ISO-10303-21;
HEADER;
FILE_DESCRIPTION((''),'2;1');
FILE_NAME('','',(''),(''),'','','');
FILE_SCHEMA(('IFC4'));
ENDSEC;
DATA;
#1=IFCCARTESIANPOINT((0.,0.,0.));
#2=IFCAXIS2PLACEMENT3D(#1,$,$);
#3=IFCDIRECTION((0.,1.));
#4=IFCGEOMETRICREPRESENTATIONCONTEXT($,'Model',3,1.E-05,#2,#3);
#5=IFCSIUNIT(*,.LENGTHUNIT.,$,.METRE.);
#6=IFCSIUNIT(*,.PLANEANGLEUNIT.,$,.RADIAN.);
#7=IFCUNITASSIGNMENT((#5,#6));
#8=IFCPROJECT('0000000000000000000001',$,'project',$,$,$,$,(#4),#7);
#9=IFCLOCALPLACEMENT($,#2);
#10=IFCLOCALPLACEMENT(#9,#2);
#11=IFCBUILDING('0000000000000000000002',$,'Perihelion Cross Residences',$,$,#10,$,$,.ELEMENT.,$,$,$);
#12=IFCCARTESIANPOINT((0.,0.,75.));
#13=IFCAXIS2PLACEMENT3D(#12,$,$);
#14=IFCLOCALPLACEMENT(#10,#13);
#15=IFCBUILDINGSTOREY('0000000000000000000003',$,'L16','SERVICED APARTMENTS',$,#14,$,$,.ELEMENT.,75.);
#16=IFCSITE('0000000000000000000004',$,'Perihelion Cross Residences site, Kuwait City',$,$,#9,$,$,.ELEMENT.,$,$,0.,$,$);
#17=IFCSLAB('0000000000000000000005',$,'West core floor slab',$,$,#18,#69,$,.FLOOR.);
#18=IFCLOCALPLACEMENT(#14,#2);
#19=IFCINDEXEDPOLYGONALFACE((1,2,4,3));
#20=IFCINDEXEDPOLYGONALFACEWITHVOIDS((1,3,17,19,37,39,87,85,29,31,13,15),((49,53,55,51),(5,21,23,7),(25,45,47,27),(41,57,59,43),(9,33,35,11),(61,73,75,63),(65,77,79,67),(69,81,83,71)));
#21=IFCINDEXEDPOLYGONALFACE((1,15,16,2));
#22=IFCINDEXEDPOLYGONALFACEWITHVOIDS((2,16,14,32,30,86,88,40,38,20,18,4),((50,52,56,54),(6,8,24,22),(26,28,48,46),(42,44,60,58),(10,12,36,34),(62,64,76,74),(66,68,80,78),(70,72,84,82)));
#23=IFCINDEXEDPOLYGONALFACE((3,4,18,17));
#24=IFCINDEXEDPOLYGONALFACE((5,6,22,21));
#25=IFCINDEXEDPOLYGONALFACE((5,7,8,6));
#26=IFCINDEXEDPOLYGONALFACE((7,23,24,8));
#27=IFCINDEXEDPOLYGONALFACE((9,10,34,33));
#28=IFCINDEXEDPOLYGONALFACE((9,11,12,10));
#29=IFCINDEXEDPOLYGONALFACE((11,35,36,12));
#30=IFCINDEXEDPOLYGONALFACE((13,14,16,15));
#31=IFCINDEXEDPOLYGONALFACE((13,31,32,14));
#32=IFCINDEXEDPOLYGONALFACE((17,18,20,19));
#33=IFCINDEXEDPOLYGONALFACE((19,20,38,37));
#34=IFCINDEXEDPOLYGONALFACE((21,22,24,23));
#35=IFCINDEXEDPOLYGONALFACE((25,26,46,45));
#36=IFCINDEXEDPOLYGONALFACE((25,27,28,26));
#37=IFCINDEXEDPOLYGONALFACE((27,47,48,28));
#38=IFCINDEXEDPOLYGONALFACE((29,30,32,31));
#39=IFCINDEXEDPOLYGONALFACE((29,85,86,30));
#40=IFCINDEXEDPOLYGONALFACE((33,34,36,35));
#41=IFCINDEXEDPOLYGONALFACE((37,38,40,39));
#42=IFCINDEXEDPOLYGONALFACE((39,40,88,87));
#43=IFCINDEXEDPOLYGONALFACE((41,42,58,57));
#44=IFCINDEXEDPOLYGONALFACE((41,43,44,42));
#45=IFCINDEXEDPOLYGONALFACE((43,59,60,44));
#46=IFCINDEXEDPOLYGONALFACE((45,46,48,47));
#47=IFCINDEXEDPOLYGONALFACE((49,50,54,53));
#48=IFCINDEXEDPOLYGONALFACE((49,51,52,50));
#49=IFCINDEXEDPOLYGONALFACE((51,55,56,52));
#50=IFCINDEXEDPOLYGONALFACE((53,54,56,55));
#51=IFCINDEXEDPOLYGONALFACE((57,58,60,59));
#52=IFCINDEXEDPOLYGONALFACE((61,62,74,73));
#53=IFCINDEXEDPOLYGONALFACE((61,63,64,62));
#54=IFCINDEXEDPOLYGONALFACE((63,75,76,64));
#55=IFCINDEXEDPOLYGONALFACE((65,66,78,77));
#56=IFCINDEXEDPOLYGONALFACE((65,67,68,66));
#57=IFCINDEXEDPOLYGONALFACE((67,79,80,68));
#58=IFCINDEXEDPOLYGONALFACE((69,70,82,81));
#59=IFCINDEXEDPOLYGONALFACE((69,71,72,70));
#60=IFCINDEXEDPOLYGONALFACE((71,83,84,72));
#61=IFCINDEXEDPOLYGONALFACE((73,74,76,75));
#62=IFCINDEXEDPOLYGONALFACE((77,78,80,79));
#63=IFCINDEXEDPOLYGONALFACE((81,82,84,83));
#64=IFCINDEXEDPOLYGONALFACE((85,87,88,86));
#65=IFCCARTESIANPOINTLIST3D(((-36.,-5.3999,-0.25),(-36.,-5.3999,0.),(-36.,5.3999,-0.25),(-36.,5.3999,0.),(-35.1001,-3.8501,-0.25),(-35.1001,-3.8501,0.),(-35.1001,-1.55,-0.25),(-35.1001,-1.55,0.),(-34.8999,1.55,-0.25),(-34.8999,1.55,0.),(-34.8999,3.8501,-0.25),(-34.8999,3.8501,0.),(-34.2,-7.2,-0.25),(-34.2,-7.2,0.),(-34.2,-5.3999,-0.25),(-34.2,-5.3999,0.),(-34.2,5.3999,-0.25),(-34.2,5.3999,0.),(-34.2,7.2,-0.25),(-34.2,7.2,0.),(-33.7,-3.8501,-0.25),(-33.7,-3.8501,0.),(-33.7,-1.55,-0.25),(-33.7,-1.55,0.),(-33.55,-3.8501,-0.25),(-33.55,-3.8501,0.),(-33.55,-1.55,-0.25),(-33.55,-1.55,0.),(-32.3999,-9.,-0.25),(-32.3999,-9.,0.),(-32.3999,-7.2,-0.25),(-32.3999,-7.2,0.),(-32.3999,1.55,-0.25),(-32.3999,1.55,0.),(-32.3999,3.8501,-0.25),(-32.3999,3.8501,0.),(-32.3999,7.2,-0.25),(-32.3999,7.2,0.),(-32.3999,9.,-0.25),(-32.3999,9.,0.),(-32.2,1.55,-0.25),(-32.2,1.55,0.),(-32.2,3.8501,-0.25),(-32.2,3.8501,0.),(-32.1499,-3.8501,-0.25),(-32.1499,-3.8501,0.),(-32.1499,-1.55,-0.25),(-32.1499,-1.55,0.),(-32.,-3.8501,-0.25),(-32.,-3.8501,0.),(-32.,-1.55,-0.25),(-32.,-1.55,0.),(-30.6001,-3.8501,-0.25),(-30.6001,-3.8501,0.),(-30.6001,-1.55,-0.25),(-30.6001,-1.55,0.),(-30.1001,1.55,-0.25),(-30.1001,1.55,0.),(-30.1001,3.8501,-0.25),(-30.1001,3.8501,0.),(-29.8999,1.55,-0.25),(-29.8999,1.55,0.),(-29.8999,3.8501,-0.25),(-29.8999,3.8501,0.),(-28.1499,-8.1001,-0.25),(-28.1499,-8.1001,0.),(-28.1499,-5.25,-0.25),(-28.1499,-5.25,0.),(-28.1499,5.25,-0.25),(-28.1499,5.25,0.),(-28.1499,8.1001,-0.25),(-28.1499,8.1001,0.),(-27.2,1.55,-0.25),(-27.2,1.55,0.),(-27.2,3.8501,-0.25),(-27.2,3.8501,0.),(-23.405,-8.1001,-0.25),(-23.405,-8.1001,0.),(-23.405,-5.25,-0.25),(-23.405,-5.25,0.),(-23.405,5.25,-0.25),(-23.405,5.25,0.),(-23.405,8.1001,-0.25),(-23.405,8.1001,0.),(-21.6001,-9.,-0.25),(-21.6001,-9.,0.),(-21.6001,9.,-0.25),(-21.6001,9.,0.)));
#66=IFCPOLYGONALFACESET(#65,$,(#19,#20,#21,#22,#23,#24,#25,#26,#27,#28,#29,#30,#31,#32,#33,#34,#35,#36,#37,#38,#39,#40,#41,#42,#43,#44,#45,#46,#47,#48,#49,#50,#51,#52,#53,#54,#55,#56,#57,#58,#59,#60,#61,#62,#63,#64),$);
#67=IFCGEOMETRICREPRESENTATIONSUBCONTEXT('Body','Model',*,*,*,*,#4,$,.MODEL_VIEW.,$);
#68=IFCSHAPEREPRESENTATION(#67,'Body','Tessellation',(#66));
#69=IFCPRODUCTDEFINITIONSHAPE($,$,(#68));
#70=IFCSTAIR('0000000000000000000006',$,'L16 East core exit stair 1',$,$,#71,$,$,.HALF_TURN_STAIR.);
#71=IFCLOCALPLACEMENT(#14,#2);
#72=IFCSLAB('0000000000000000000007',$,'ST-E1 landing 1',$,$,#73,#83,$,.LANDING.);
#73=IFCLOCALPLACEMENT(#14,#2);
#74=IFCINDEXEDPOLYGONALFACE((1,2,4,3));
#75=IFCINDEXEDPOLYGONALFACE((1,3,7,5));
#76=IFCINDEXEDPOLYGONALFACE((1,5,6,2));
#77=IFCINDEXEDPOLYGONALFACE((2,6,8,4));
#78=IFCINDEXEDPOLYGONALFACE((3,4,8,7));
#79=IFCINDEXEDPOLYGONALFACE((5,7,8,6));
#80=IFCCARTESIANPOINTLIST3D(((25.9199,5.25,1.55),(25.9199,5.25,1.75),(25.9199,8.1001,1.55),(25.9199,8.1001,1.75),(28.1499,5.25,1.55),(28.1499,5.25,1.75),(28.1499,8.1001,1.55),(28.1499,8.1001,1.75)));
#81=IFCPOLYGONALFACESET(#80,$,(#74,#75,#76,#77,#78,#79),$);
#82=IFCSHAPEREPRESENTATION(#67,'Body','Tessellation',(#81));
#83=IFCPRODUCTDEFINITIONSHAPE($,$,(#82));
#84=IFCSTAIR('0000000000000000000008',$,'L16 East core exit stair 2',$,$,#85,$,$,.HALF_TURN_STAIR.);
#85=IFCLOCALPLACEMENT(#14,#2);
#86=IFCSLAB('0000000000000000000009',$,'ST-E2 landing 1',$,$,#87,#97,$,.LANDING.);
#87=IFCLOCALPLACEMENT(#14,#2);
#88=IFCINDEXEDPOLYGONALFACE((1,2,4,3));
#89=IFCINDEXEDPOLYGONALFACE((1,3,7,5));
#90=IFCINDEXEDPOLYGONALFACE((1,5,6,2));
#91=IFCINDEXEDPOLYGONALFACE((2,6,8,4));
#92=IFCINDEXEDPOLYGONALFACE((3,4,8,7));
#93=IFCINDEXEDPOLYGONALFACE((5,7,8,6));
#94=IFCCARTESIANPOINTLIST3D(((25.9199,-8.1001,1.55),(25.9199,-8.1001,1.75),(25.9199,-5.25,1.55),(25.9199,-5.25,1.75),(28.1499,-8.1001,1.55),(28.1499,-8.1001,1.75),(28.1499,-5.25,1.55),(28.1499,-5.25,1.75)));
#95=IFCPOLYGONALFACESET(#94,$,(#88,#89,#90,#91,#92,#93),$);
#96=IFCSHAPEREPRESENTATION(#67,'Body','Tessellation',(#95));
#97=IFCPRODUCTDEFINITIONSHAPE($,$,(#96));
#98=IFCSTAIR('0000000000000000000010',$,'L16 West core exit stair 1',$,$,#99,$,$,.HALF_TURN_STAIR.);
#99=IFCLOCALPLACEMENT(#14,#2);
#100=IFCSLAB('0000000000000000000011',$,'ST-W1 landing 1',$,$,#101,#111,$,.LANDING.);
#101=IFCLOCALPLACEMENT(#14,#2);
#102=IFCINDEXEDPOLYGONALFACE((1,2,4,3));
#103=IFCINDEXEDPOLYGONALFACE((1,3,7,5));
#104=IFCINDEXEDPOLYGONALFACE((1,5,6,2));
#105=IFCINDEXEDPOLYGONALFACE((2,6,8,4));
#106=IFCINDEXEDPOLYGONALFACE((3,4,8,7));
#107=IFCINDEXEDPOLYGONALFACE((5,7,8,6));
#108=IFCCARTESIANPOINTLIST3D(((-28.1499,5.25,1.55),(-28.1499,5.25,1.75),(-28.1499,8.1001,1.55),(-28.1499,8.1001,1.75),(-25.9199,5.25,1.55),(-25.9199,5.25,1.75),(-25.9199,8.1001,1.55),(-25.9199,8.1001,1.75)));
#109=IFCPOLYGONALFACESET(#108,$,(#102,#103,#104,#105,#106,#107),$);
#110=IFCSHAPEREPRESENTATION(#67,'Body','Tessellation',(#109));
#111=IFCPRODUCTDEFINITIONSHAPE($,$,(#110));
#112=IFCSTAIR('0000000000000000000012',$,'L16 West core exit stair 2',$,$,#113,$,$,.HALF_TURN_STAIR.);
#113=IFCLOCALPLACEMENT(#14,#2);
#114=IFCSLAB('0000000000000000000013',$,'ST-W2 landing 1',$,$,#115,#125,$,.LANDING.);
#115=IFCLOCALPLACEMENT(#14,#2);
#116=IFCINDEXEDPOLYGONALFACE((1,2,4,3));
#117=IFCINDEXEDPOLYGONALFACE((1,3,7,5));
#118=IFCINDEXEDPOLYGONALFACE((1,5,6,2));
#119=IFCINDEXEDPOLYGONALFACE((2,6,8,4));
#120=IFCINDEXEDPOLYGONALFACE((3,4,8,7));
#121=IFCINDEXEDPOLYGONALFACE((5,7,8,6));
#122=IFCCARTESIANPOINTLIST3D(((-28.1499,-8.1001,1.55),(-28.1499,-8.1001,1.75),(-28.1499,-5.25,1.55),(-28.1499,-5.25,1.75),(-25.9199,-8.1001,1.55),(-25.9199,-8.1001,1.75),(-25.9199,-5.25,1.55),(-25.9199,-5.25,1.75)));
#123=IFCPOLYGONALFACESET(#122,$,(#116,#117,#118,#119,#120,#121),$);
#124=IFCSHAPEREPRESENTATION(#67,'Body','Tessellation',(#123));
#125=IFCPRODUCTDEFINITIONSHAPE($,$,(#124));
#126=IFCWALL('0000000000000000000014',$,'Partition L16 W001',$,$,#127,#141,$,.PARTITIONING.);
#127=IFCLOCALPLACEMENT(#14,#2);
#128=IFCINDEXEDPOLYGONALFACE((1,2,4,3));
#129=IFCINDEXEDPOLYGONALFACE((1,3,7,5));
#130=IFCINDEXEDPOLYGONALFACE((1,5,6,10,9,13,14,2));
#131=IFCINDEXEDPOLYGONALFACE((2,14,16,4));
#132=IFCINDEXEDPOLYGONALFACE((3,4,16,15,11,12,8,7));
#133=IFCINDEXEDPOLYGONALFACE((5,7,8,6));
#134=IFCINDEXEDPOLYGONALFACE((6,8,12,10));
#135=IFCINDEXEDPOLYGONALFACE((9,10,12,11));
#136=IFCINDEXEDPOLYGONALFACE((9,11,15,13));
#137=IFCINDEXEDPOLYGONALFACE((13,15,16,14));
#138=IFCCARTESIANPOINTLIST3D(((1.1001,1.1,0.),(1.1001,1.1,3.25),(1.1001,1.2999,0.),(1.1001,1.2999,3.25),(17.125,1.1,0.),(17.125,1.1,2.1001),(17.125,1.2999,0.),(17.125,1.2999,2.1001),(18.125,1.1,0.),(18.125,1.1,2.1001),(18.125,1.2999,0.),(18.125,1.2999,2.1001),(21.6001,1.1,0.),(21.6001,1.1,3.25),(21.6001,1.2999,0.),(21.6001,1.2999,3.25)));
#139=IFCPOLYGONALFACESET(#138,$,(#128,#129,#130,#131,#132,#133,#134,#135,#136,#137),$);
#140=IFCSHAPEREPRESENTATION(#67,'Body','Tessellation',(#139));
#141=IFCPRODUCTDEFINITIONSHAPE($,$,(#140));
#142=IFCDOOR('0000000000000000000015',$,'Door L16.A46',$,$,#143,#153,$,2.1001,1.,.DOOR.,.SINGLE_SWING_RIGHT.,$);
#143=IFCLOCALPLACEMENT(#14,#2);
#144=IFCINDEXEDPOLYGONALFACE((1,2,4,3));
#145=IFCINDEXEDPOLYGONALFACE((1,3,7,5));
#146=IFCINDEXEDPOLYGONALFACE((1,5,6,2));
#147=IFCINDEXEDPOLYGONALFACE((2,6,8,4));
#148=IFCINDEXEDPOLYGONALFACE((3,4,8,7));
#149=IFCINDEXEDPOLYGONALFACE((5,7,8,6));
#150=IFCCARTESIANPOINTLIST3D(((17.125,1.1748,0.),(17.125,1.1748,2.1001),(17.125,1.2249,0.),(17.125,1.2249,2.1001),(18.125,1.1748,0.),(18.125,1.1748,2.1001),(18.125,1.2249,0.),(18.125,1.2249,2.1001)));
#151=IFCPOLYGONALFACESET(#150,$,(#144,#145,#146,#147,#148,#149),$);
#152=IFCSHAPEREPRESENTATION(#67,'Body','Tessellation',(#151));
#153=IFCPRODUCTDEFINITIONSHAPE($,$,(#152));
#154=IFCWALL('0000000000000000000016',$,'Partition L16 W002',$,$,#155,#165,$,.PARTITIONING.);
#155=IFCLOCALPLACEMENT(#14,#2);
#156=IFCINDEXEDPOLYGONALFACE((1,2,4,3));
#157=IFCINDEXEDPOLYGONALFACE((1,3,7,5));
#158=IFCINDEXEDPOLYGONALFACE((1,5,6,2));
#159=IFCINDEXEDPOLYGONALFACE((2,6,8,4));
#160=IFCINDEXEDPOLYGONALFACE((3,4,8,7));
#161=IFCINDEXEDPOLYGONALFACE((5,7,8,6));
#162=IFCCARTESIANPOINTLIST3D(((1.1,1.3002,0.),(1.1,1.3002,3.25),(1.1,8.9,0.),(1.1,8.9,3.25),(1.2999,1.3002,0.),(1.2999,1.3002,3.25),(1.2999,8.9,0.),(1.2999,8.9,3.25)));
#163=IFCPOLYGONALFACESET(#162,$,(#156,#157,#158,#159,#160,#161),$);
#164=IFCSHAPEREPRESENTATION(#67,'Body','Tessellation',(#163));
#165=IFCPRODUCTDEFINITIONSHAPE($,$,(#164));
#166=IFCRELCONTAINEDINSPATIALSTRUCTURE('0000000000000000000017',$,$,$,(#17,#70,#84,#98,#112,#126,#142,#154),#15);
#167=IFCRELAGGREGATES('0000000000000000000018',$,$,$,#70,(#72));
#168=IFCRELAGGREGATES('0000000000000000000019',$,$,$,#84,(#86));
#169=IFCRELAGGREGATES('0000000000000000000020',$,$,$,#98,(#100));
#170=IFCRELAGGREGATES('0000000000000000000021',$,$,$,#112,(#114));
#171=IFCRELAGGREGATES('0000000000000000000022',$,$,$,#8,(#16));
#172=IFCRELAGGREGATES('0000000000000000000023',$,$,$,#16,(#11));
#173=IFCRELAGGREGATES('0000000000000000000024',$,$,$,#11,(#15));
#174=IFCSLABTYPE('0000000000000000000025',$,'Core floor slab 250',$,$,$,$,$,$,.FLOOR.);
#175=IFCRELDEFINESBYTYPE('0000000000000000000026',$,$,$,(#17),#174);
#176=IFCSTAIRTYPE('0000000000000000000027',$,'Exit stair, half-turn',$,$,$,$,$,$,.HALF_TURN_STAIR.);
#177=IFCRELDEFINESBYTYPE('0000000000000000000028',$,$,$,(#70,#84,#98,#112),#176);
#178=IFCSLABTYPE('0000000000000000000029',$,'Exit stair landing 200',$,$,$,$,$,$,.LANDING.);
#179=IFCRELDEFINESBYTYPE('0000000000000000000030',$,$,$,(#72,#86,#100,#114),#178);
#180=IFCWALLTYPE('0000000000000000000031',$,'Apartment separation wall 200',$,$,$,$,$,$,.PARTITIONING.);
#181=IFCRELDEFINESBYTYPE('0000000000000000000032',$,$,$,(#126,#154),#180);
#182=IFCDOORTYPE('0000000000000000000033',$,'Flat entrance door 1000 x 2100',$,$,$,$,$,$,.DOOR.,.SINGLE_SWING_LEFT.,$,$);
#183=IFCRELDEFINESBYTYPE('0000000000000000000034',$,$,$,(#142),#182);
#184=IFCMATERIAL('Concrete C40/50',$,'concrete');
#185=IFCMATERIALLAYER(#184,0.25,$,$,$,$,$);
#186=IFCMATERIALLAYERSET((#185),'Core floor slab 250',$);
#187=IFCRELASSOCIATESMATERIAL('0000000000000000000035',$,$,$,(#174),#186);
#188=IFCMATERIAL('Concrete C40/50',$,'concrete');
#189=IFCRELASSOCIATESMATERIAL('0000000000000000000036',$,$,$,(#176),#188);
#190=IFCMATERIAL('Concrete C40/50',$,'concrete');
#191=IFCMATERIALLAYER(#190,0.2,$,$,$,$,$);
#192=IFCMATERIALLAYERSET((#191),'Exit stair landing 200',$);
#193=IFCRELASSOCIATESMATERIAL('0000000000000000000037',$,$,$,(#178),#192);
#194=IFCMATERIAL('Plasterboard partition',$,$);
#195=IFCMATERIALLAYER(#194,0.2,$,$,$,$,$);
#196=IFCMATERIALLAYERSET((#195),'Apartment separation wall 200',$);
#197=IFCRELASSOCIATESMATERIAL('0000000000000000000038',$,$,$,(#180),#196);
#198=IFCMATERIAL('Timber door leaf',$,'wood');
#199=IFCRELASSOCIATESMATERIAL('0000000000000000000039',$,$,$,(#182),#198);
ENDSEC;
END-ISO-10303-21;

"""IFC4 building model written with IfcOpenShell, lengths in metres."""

from ifc_helpers import new_model, si_unit, direction, frame, frame_2d, origin, place, context, subcontext, project, spatial, polyline, rectangle, outline, extrude, material, layer, layer_set, type_object, element, fill, aggregate, save


model = new_model("IFC4")

# Units and contexts
model_context = context("Model", 3, precision=1e-05, world=origin(), true_north=direction((0.0, 1.0)))
body_context = subcontext(model_context, "Body", "Model", "MODEL_VIEW")
ifc_project = project(units=[si_unit("LENGTHUNIT", "METRE"), si_unit("PLANEANGLEUNIT", "RADIAN")], contexts=[model_context])

# Site, building, storey
site_placement = place(None, origin())
site = spatial("IfcSite", under=ifc_project, at=site_placement, Name="Perihelion Cross Residences site, Kuwait City", CompositionType="ELEMENT", RefElevation=0.0)
building_placement = place(site_placement, origin())
building = spatial("IfcBuilding", under=site, at=building_placement, Name="Perihelion Cross Residences", CompositionType="ELEMENT")
storey_placement = place(building_placement, frame((0.0, 0.0, 75.0)))
storey = spatial("IfcBuildingStorey", under=building, at=storey_placement, Name="L16", Description="SERVICED APARTMENTS", CompositionType="ELEMENT", Elevation=75.0)

# Slab
ifc_material_1 = material(Name="Concrete C40/50", Category="concrete")
ifc_layer_1 = layer(ifc_material_1, 0.25)
ifc_layer_set_1 = layer_set([ifc_layer_1], Name="Core floor slab 250")
slab_type_1 = type_object("IfcSlabType", Name="Core floor slab 250", PredefinedType="FLOOR", material=ifc_layer_set_1)
slab_1_placement = place(storey_placement, frame((0.0, 0.0, -0.25)))
element("IfcSlab", 1, at=slab_1_placement, inside=storey, type_object=slab_type_1, Name="West core floor slab", PredefinedType="FLOOR", context=body_context, shape_type="SweptSolid", body=[
    extrude(outline(polyline([(-32.3999, 7.2), (-34.2, 7.2), (-34.2, 5.3999), (-36.0, 5.3999), (-36.0, -5.3999), (-34.2, -5.3999), (-34.2, -7.2), (-32.3999, -7.2), (-32.3999, -9.0), (-21.6001, -9.0), (-21.6001, 9.0), (-32.3999, 9.0), (-32.3999, 7.2)]), holes=[polyline([(-23.405, -8.1001), (-28.1499, -8.1001), (-28.1499, -5.25), (-23.405, -5.25), (-23.405, -8.1001)]), polyline([(-30.6001, -1.55), (-30.6001, -3.8501), (-32.0, -3.8501), (-32.0, -1.55), (-30.6001, -1.55)]), polyline([(-32.1499, -1.55), (-32.1499, -3.8501), (-33.55, -3.8501), (-33.55, -1.55), (-32.1499, -1.55)]), polyline([(-33.7, -1.55), (-33.7, -3.8501), (-35.1001, -3.8501), (-35.1001, -1.55), (-33.7, -1.55)]), polyline([(-27.2, 3.8501), (-27.2, 1.55), (-29.8999, 1.55), (-29.8999, 3.8501), (-27.2, 3.8501)]), polyline([(-30.1001, 3.8501), (-30.1001, 1.55), (-32.2, 1.55), (-32.2, 3.8501), (-30.1001, 3.8501)]), polyline([(-32.3999, 3.8501), (-32.3999, 1.55), (-34.8999, 1.55), (-34.8999, 3.8501), (-32.3999, 3.8501)]), polyline([(-23.405, 5.25), (-28.1499, 5.25), (-28.1499, 8.1001), (-23.405, 8.1001), (-23.405, 5.25)])]), origin(), (0.0, 0.0, 1.0), 0.25),
])

# Stairs, slabs
ifc_material_2 = material(Name="Concrete C40/50", Category="concrete")
stair_type = type_object("IfcStairType", Name="Exit stair, half-turn", PredefinedType="HALF_TURN_STAIR", material=ifc_material_2)
stair_1_placement = place(storey_placement, origin())
stair_1 = element("IfcStair", 2, at=stair_1_placement, inside=storey, type_object=stair_type, Name="L16 East core exit stair 1", PredefinedType="HALF_TURN_STAIR")
ifc_material_3 = material(Name="Concrete C40/50", Category="concrete")
ifc_layer_2 = layer(ifc_material_3, 0.2)
ifc_layer_set_2 = layer_set([ifc_layer_2], Name="Exit stair landing 200")
slab_type_2 = type_object("IfcSlabType", Name="Exit stair landing 200", PredefinedType="LANDING", material=ifc_layer_set_2)
slab_2_placement = place(storey_placement, frame((0.0, 0.0, 1.55)))
slab_2 = element("IfcSlab", 3, at=slab_2_placement, type_object=slab_type_2, Name="ST-E1 landing 1", PredefinedType="LANDING", context=body_context, shape_type="SweptSolid", body=[
    extrude(outline(polyline([(25.9199, 5.25), (28.1499, 5.25), (28.1499, 8.1001), (25.9199, 8.1001), (25.9199, 5.25)])), origin(), (0.0, 0.0, 1.0), 0.2),
])
aggregate(stair_1, [slab_2])
stair_2_placement = place(storey_placement, origin())
stair_2 = element("IfcStair", 4, at=stair_2_placement, inside=storey, type_object=stair_type, Name="L16 East core exit stair 2", PredefinedType="HALF_TURN_STAIR")
slab_3_placement = place(storey_placement, frame((0.0, 0.0, 1.55)))
slab_3 = element("IfcSlab", 5, at=slab_3_placement, type_object=slab_type_2, Name="ST-E2 landing 1", PredefinedType="LANDING", context=body_context, shape_type="SweptSolid", body=[
    extrude(outline(polyline([(25.9199, -8.1001), (28.1499, -8.1001), (28.1499, -5.25), (25.9199, -5.25), (25.9199, -8.1001)])), origin(), (0.0, 0.0, 1.0), 0.2),
])
aggregate(stair_2, [slab_3])
stair_3_placement = place(storey_placement, origin())
stair_3 = element("IfcStair", 6, at=stair_3_placement, inside=storey, type_object=stair_type, Name="L16 West core exit stair 1", PredefinedType="HALF_TURN_STAIR")
slab_4_placement = place(storey_placement, frame((0.0, 0.0, 1.55)))
slab_4 = element("IfcSlab", 7, at=slab_4_placement, type_object=slab_type_2, Name="ST-W1 landing 1", PredefinedType="LANDING", context=body_context, shape_type="SweptSolid", body=[
    extrude(outline(polyline([(-25.9199, 8.1001), (-28.1499, 8.1001), (-28.1499, 5.25), (-25.9199, 5.25), (-25.9199, 8.1001)])), origin(), (0.0, 0.0, 1.0), 0.2),
])
aggregate(stair_3, [slab_4])
stair_4_placement = place(storey_placement, origin())
stair_4 = element("IfcStair", 8, at=stair_4_placement, inside=storey, type_object=stair_type, Name="L16 West core exit stair 2", PredefinedType="HALF_TURN_STAIR")
slab_5_placement = place(storey_placement, frame((0.0, 0.0, 1.55)))
slab_5 = element("IfcSlab", 9, at=slab_5_placement, type_object=slab_type_2, Name="ST-W2 landing 1", PredefinedType="LANDING", context=body_context, shape_type="SweptSolid", body=[
    extrude(outline(polyline([(-25.9199, -5.25), (-28.1499, -5.25), (-28.1499, -8.1001), (-25.9199, -8.1001), (-25.9199, -5.25)])), origin(), (0.0, 0.0, 1.0), 0.2),
])
aggregate(stair_4, [slab_5])

# Wall, opening, door
ifc_material_4 = material(Name="Plasterboard partition")
ifc_layer_3 = layer(ifc_material_4, 0.2)
ifc_layer_set_3 = layer_set([ifc_layer_3], Name="Apartment separation wall 200")
wall_type_1 = type_object("IfcWallType", Name="Apartment separation wall 200", PredefinedType="PARTITIONING", material=ifc_layer_set_3)
wall_1_placement = place(storey_placement, frame((1.1001, 1.2, 0.0), z_axis=(0.0, 0.0, 1.0), x_axis=(1.0, 0.0, 0.0)))
wall_1 = element("IfcWall", 10, at=wall_1_placement, inside=storey, type_object=wall_type_1, Name="Partition L16 W001", PredefinedType="PARTITIONING", context=body_context, shape_type="SweptSolid", body=[
    extrude(rectangle(XDim=20.5, YDim=0.2, at=frame_2d((10.25, 0.0))), origin(), (0.0, 0.0, 1.0), 3.25),
])
opening_1_placement = place(wall_1_placement, frame((16.0249, 0.0, 0.0)))
opening_1 = element("IfcOpeningElement", 11, at=opening_1_placement, cuts=wall_1, PredefinedType="OPENING", context=body_context, shape_type="SweptSolid", body=[
    extrude(rectangle(XDim=1.0, YDim=2.1001, at=frame_2d((0.5, 1.05))), frame((0.0, 0.1099, 0.0), z_axis=(0.0, -1.0, 0.0), x_axis=(1.0, 0.0, 0.0)), (0.0, 0.0, 1.0), 0.22),
])
ifc_material_5 = material(Name="Timber door leaf", Category="wood")
door_type_1 = type_object("IfcDoorType", Name="Flat entrance door 1000 x 2100", OperationType="SINGLE_SWING_LEFT", PredefinedType="DOOR", material=ifc_material_5)
door_1_placement = place(opening_1_placement, origin())
door_1 = element("IfcDoor", 12, at=door_1_placement, inside=storey, type_object=door_type_1, Name="Door L16.A46", OperationType="SINGLE_SWING_RIGHT", OverallHeight=2.1001, OverallWidth=1.0, PredefinedType="DOOR", context=body_context, shape_type="SweptSolid", body=[
    extrude(rectangle(XDim=1.0, YDim=2.1001, at=frame_2d((0.5, 1.05))), frame((0.0, 0.0249, 0.0), z_axis=(0.0, -1.0, 0.0), x_axis=(1.0, 0.0, 0.0)), (0.0, 0.0, 1.0), 0.05),
])
fill(opening_1, door_1)

# Wall
wall_2_placement = place(storey_placement, frame((1.2, 8.8999, 0.0), z_axis=(0.0, 0.0, 1.0), x_axis=(0.0, -1.0, 0.0)))
element("IfcWall", 13, at=wall_2_placement, inside=storey, type_object=wall_type_1, Name="Partition L16 W002", PredefinedType="PARTITIONING", context=body_context, shape_type="SweptSolid", body=[
    extrude(rectangle(XDim=7.5999, YDim=0.2, at=frame_2d((3.7998, 0.0))), origin(), (0.0, 0.0, 1.0), 3.25),
])

save(model, "model.ifc")
